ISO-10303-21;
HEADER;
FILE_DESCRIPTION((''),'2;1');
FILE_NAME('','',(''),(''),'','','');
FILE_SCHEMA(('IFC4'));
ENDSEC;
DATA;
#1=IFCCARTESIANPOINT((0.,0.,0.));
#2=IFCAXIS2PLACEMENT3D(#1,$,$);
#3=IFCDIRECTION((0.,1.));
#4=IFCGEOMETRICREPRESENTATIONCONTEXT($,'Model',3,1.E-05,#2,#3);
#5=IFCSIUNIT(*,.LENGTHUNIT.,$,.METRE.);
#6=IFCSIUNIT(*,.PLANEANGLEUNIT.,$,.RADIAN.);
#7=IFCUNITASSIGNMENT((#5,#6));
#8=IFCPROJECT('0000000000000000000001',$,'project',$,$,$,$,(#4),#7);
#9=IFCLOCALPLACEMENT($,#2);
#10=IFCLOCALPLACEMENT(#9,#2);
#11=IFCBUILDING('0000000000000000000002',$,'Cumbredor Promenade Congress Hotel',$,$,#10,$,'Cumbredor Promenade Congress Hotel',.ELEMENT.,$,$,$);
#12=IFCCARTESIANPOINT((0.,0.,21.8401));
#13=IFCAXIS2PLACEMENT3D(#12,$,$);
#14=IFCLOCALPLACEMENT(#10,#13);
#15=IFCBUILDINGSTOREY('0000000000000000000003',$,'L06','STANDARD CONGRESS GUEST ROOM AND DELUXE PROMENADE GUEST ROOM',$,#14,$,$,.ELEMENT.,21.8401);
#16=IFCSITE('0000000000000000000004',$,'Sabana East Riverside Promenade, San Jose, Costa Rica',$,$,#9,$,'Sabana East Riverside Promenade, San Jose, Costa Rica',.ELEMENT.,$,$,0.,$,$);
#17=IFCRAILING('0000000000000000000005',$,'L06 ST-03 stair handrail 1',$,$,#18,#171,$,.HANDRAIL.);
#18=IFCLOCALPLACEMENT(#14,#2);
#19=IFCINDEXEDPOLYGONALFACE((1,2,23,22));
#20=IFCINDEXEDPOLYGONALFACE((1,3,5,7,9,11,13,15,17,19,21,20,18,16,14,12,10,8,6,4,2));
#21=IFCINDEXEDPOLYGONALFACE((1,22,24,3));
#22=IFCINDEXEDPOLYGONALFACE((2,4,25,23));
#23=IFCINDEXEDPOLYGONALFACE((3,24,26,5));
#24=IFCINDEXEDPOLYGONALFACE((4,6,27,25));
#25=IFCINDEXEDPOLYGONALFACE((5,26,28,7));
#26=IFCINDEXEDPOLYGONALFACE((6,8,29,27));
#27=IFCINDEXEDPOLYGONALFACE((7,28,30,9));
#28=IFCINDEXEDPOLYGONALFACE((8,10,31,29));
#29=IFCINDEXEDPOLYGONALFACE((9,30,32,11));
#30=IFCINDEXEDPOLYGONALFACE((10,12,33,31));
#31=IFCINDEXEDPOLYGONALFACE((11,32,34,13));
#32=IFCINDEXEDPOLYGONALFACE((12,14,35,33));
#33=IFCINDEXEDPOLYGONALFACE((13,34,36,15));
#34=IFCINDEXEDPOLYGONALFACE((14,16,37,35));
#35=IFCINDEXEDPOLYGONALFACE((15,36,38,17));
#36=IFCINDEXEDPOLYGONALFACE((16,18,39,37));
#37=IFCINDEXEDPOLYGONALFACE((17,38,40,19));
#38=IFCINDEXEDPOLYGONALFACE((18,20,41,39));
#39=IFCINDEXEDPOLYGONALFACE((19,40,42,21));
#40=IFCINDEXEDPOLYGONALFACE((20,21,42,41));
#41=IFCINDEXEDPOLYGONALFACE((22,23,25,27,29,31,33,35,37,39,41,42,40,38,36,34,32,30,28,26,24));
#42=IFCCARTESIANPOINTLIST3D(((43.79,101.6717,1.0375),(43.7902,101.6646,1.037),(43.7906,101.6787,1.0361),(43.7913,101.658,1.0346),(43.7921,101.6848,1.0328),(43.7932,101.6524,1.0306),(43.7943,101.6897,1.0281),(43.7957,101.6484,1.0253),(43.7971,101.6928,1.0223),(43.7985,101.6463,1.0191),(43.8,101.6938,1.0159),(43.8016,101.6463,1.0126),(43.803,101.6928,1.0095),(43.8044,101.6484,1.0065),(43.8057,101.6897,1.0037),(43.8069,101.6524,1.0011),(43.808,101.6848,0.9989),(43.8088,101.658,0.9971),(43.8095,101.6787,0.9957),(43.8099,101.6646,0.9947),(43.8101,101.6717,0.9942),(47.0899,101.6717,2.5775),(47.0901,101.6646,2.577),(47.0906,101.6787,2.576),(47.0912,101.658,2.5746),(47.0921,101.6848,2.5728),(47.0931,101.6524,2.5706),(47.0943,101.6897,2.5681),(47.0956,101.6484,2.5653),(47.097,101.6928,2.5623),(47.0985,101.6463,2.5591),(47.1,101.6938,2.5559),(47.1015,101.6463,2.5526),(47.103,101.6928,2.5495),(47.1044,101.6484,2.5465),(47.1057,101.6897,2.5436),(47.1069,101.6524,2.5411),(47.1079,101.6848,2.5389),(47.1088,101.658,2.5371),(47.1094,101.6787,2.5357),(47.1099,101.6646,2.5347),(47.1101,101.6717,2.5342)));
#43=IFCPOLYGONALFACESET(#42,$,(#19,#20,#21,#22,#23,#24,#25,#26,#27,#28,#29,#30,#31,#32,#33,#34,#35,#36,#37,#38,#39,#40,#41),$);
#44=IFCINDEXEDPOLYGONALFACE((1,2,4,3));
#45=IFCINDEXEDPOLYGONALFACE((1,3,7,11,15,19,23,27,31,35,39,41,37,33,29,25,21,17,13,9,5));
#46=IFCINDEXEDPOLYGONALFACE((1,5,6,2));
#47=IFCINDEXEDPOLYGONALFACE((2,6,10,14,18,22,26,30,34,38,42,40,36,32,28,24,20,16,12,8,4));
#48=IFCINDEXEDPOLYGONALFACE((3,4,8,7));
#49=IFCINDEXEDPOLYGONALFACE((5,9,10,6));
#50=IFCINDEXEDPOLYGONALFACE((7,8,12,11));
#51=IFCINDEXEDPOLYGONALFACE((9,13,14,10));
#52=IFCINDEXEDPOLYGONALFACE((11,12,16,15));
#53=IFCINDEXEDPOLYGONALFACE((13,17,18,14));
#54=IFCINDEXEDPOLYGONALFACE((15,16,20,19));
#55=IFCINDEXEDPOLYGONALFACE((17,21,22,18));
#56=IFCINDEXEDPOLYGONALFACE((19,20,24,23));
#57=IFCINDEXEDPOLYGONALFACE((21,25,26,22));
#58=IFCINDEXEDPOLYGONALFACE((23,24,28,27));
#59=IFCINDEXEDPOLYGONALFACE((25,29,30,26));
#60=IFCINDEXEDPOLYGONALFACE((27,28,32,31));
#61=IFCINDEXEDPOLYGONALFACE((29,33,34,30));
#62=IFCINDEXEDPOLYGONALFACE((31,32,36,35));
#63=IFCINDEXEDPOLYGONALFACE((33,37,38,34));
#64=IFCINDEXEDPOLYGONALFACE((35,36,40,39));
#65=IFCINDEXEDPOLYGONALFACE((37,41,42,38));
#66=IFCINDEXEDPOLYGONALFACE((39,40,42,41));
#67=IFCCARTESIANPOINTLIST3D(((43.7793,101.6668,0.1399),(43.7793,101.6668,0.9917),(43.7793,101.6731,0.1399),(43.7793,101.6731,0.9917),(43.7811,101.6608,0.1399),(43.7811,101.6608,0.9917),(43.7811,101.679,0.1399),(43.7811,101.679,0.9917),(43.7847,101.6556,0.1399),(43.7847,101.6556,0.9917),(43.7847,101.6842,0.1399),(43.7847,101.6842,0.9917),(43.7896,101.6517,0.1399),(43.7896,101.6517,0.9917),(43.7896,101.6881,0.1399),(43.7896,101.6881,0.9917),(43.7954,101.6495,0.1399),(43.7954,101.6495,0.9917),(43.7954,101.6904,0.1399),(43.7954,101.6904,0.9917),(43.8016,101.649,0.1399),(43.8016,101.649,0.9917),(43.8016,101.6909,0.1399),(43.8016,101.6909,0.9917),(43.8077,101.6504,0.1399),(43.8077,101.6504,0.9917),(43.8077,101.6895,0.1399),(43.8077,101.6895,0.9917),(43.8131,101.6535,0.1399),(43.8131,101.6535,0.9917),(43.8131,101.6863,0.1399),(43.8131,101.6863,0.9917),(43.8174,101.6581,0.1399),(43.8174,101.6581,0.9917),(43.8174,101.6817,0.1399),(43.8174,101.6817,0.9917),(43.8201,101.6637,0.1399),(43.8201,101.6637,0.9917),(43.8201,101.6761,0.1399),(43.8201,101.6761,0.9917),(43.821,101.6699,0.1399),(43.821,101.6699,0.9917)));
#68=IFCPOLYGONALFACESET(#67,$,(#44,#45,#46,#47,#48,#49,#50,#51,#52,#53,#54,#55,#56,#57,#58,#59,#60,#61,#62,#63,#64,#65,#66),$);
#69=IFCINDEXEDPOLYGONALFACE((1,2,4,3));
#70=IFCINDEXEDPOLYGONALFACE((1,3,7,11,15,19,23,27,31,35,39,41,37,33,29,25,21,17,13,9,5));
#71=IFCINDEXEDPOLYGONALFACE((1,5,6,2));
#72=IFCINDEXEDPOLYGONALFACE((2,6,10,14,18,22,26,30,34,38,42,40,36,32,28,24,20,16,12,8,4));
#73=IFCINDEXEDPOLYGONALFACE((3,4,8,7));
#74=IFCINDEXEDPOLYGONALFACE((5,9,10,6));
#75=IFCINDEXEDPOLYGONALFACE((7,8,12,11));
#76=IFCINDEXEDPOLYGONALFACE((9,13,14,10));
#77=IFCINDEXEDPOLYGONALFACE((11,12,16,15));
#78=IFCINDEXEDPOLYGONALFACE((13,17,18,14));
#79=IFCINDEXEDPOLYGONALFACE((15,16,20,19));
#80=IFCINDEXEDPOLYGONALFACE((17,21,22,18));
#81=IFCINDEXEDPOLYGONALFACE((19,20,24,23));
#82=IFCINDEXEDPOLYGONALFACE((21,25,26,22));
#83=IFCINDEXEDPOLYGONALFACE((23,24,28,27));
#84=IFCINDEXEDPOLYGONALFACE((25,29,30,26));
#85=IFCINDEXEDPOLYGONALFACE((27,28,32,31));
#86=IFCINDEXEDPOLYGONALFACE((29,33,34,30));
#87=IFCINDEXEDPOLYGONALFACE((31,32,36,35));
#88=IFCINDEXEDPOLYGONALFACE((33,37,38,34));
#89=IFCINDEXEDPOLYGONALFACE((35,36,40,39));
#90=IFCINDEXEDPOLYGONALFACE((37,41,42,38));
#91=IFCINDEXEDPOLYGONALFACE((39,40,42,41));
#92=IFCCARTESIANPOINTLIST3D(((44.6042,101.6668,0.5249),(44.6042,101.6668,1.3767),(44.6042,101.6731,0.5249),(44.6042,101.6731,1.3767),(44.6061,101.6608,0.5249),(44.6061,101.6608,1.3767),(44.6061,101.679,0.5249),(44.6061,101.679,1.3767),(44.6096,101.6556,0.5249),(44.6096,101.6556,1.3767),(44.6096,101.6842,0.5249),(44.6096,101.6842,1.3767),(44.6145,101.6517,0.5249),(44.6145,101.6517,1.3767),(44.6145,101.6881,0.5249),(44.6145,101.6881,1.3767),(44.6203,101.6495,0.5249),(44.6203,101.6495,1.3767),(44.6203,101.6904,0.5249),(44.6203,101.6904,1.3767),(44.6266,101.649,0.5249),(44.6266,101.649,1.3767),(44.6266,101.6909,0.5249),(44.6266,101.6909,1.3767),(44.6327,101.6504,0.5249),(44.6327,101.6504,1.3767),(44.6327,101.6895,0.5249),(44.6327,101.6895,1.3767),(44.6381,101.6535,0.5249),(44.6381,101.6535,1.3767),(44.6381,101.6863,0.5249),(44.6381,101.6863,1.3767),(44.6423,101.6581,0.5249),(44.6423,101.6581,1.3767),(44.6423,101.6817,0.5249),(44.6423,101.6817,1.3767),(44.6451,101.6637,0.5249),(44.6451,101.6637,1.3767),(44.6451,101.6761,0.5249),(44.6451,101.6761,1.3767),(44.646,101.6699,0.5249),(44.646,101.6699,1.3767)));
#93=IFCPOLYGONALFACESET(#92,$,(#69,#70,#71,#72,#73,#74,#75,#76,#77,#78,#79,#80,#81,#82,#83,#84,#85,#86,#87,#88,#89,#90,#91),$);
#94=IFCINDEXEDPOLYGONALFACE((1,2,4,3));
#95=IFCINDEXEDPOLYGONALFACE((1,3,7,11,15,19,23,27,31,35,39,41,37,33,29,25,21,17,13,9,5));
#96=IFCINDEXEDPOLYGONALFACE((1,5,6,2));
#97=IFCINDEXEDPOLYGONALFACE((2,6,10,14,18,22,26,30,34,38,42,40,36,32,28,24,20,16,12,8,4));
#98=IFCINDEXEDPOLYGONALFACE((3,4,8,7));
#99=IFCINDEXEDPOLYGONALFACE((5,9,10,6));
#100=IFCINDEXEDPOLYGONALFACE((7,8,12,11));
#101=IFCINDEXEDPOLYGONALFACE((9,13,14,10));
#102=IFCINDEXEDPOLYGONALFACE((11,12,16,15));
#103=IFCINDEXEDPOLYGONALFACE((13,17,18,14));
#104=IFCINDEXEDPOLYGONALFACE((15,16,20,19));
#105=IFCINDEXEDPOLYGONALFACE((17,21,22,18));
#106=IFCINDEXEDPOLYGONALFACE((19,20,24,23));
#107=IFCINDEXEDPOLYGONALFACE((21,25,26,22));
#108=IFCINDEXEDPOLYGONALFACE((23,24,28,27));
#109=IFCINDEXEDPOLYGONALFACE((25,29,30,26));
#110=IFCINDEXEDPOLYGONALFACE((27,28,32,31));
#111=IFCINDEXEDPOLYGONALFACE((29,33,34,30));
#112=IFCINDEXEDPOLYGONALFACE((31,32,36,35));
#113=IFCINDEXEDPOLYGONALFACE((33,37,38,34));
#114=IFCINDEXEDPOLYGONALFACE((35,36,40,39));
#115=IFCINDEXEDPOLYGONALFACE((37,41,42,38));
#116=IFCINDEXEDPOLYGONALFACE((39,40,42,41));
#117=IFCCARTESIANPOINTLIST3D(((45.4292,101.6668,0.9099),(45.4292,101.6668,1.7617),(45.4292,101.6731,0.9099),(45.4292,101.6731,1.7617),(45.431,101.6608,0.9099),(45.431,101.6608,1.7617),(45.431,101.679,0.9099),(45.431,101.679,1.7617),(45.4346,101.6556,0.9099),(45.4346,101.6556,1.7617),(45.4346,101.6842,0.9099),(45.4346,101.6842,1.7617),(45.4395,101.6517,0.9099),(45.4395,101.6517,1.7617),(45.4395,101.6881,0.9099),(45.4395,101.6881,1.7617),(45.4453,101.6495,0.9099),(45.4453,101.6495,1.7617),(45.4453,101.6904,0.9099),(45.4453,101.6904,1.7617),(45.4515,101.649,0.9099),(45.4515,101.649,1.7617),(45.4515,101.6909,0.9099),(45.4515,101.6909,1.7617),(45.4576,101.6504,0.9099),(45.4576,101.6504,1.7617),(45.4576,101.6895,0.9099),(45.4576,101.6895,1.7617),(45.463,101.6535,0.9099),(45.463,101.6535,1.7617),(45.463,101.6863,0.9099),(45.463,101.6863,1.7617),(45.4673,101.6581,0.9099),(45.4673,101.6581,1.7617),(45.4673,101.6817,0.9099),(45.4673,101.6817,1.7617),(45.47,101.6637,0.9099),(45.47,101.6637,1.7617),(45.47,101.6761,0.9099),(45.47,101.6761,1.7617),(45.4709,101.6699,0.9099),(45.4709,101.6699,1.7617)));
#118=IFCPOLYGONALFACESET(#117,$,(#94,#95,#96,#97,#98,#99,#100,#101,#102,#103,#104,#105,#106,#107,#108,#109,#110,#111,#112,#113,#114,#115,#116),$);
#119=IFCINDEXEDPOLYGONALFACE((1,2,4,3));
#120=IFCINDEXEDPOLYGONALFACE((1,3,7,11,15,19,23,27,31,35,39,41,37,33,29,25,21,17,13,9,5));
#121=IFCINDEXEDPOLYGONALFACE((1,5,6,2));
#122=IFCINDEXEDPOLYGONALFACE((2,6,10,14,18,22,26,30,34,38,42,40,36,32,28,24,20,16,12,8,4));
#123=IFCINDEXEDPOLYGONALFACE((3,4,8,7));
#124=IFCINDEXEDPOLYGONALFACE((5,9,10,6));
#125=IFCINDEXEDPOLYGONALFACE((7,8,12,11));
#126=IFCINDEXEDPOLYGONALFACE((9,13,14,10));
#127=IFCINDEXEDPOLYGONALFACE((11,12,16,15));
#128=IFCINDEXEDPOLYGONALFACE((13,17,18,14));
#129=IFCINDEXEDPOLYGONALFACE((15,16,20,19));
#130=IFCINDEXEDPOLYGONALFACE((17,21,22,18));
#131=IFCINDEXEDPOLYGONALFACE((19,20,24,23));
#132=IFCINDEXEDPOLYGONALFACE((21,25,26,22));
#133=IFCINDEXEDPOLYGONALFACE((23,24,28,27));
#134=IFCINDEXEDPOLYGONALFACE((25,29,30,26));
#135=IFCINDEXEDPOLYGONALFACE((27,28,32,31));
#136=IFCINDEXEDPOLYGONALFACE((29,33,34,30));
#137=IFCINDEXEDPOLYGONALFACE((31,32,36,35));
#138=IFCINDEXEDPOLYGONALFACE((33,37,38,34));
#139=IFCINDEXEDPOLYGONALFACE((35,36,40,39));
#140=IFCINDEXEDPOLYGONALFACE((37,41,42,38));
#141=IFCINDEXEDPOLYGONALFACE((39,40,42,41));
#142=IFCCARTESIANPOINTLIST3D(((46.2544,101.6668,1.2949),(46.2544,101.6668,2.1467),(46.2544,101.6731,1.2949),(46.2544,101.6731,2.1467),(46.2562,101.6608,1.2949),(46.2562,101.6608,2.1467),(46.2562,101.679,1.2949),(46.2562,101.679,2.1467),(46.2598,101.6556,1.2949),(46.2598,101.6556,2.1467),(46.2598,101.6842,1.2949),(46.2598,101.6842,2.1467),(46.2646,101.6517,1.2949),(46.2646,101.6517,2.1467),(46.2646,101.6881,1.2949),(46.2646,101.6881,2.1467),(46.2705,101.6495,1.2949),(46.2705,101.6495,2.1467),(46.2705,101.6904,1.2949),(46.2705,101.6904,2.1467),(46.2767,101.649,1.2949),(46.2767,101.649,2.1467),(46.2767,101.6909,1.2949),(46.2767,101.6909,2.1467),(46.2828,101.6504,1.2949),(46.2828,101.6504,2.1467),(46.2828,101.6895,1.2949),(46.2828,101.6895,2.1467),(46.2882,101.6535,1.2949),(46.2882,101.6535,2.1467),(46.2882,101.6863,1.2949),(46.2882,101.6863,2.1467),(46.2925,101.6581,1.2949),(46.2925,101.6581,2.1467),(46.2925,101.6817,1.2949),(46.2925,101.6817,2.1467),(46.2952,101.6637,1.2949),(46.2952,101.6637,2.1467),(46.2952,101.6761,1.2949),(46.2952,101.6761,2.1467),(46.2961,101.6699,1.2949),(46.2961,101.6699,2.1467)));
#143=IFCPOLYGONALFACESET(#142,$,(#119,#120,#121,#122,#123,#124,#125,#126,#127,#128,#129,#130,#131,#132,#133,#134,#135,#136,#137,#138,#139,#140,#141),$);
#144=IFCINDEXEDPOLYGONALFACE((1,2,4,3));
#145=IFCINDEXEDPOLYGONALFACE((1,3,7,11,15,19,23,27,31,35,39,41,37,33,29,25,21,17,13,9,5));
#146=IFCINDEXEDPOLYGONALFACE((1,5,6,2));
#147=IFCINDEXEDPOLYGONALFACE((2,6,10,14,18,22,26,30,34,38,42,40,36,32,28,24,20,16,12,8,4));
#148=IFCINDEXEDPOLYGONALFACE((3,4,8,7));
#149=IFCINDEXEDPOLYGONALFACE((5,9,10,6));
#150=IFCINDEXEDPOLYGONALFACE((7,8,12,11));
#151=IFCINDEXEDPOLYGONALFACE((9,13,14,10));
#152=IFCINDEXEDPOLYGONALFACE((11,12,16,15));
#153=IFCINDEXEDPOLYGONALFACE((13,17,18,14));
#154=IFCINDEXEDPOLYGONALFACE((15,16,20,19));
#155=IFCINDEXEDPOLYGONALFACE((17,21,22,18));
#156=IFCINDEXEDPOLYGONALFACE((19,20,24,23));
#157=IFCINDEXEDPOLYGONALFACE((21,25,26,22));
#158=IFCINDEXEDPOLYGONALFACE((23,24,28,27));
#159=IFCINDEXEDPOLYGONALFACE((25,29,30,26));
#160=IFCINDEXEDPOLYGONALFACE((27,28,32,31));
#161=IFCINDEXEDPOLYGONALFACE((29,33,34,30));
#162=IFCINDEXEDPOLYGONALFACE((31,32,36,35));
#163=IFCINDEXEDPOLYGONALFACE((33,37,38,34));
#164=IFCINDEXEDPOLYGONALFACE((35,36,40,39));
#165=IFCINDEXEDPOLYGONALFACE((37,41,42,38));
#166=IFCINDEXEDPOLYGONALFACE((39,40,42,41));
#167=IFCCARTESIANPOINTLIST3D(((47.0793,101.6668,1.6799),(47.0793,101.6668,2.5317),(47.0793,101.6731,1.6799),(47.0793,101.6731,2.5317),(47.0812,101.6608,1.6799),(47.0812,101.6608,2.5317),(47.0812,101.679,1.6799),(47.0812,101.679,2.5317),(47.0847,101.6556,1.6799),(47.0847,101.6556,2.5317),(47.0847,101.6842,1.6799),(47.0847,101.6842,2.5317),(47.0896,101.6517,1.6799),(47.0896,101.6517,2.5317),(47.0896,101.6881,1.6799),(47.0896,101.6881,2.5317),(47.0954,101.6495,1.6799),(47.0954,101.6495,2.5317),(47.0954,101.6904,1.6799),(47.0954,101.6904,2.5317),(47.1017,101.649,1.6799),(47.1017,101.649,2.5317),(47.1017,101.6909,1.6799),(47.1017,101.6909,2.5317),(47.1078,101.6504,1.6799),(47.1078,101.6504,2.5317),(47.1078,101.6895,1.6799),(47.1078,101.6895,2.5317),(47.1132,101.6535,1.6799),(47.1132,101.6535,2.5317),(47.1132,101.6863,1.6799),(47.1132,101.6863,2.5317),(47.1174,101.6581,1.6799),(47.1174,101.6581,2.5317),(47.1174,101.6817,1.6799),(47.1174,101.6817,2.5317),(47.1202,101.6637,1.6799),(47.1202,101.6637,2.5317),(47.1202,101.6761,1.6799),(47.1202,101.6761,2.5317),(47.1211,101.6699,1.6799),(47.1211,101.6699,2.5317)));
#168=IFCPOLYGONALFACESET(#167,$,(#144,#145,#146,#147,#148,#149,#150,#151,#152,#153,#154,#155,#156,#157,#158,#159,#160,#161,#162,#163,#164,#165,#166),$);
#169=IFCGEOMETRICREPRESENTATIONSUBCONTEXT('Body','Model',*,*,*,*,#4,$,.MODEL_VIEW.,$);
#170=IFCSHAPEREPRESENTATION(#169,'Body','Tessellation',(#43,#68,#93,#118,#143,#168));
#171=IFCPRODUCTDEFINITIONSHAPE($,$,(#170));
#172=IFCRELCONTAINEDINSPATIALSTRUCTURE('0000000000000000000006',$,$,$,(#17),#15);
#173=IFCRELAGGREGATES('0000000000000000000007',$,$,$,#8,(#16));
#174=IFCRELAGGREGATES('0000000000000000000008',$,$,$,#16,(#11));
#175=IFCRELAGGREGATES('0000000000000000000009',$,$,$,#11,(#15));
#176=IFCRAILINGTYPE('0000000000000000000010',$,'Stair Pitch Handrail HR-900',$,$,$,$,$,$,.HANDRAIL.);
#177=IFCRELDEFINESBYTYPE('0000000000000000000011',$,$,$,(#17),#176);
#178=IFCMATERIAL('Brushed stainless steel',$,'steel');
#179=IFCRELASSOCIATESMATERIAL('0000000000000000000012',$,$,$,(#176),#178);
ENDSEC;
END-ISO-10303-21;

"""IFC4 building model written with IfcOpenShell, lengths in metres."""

from ifc_helpers import new_model, si_unit, direction, frame, origin, origin_2d, place, context, subcontext, project, spatial, circle, extrude, material, type_object, element, save


model = new_model("IFC4")

# Units and contexts
model_context = context("Model", 3, precision=1e-05, world=origin(), true_north=direction((0.0, 1.0)))
body_context = subcontext(model_context, "Body", "Model", "MODEL_VIEW")
ifc_project = project(units=[si_unit("LENGTHUNIT", "METRE"), si_unit("PLANEANGLEUNIT", "RADIAN")], contexts=[model_context])

# Site, building, storey
site_placement = place(None, origin())
site = spatial("IfcSite", under=ifc_project, at=site_placement, Name="Sabana East Riverside Promenade, San Jose, Costa Rica", LongName="Sabana East Riverside Promenade, San Jose, Costa Rica", CompositionType="ELEMENT", RefElevation=0.0)
building_placement = place(site_placement, origin())
building = spatial("IfcBuilding", under=site, at=building_placement, Name="Cumbredor Promenade Congress Hotel", LongName="Cumbredor Promenade Congress Hotel", CompositionType="ELEMENT")
storey_placement = place(building_placement, frame((0.0, 0.0, 21.8401)))
storey = spatial("IfcBuildingStorey", under=building, at=storey_placement, Name="L06", Description="STANDARD CONGRESS GUEST ROOM AND DELUXE PROMENADE GUEST ROOM", CompositionType="ELEMENT", Elevation=21.8401)

# Shared definitions
ifc_material_1 = material(Name="Brushed stainless steel", Category="steel")

# Railing
railing_type_1 = type_object("IfcRailingType", Name="Stair Pitch Handrail HR-900", PredefinedType="HANDRAIL", material=ifc_material_1)
railing_1_placement = place(storey_placement, frame((43.8, 101.6699, 0.1399)))
element("IfcRailing", 1, at=railing_1_placement, inside=storey, type_object=railing_type_1, Name="L06 ST-03 stair handrail 1", PredefinedType="HANDRAIL", context=body_context, shape_type="SweptSolid", body=[
    extrude(circle(Radius=0.0239, at=origin_2d()), frame((0.0, 0.0, 0.876), z_axis=(0.906181, 0.0, 0.422889), x_axis=(0.0, 1.0, 0.0)), (0.0, 0.0, 1.0), 3.6416),
    extrude(circle(Radius=0.021, at=origin_2d()), origin(), (0.0, 0.0, 1.0), 0.8518),
    extrude(circle(Radius=0.021, at=origin_2d()), frame((0.825, 0.0, 0.385)), (0.0, 0.0, 1.0), 0.8518),
    extrude(circle(Radius=0.021, at=origin_2d()), frame((1.6499, 0.0, 0.77)), (0.0, 0.0, 1.0), 0.8518),
    extrude(circle(Radius=0.021, at=origin_2d()), frame((2.4751, 0.0, 1.155)), (0.0, 0.0, 1.0), 0.8518),
    extrude(circle(Radius=0.021, at=origin_2d()), frame((3.3, 0.0, 1.54)), (0.0, 0.0, 1.0), 0.8518),
])

save(model, "model.ifc")
